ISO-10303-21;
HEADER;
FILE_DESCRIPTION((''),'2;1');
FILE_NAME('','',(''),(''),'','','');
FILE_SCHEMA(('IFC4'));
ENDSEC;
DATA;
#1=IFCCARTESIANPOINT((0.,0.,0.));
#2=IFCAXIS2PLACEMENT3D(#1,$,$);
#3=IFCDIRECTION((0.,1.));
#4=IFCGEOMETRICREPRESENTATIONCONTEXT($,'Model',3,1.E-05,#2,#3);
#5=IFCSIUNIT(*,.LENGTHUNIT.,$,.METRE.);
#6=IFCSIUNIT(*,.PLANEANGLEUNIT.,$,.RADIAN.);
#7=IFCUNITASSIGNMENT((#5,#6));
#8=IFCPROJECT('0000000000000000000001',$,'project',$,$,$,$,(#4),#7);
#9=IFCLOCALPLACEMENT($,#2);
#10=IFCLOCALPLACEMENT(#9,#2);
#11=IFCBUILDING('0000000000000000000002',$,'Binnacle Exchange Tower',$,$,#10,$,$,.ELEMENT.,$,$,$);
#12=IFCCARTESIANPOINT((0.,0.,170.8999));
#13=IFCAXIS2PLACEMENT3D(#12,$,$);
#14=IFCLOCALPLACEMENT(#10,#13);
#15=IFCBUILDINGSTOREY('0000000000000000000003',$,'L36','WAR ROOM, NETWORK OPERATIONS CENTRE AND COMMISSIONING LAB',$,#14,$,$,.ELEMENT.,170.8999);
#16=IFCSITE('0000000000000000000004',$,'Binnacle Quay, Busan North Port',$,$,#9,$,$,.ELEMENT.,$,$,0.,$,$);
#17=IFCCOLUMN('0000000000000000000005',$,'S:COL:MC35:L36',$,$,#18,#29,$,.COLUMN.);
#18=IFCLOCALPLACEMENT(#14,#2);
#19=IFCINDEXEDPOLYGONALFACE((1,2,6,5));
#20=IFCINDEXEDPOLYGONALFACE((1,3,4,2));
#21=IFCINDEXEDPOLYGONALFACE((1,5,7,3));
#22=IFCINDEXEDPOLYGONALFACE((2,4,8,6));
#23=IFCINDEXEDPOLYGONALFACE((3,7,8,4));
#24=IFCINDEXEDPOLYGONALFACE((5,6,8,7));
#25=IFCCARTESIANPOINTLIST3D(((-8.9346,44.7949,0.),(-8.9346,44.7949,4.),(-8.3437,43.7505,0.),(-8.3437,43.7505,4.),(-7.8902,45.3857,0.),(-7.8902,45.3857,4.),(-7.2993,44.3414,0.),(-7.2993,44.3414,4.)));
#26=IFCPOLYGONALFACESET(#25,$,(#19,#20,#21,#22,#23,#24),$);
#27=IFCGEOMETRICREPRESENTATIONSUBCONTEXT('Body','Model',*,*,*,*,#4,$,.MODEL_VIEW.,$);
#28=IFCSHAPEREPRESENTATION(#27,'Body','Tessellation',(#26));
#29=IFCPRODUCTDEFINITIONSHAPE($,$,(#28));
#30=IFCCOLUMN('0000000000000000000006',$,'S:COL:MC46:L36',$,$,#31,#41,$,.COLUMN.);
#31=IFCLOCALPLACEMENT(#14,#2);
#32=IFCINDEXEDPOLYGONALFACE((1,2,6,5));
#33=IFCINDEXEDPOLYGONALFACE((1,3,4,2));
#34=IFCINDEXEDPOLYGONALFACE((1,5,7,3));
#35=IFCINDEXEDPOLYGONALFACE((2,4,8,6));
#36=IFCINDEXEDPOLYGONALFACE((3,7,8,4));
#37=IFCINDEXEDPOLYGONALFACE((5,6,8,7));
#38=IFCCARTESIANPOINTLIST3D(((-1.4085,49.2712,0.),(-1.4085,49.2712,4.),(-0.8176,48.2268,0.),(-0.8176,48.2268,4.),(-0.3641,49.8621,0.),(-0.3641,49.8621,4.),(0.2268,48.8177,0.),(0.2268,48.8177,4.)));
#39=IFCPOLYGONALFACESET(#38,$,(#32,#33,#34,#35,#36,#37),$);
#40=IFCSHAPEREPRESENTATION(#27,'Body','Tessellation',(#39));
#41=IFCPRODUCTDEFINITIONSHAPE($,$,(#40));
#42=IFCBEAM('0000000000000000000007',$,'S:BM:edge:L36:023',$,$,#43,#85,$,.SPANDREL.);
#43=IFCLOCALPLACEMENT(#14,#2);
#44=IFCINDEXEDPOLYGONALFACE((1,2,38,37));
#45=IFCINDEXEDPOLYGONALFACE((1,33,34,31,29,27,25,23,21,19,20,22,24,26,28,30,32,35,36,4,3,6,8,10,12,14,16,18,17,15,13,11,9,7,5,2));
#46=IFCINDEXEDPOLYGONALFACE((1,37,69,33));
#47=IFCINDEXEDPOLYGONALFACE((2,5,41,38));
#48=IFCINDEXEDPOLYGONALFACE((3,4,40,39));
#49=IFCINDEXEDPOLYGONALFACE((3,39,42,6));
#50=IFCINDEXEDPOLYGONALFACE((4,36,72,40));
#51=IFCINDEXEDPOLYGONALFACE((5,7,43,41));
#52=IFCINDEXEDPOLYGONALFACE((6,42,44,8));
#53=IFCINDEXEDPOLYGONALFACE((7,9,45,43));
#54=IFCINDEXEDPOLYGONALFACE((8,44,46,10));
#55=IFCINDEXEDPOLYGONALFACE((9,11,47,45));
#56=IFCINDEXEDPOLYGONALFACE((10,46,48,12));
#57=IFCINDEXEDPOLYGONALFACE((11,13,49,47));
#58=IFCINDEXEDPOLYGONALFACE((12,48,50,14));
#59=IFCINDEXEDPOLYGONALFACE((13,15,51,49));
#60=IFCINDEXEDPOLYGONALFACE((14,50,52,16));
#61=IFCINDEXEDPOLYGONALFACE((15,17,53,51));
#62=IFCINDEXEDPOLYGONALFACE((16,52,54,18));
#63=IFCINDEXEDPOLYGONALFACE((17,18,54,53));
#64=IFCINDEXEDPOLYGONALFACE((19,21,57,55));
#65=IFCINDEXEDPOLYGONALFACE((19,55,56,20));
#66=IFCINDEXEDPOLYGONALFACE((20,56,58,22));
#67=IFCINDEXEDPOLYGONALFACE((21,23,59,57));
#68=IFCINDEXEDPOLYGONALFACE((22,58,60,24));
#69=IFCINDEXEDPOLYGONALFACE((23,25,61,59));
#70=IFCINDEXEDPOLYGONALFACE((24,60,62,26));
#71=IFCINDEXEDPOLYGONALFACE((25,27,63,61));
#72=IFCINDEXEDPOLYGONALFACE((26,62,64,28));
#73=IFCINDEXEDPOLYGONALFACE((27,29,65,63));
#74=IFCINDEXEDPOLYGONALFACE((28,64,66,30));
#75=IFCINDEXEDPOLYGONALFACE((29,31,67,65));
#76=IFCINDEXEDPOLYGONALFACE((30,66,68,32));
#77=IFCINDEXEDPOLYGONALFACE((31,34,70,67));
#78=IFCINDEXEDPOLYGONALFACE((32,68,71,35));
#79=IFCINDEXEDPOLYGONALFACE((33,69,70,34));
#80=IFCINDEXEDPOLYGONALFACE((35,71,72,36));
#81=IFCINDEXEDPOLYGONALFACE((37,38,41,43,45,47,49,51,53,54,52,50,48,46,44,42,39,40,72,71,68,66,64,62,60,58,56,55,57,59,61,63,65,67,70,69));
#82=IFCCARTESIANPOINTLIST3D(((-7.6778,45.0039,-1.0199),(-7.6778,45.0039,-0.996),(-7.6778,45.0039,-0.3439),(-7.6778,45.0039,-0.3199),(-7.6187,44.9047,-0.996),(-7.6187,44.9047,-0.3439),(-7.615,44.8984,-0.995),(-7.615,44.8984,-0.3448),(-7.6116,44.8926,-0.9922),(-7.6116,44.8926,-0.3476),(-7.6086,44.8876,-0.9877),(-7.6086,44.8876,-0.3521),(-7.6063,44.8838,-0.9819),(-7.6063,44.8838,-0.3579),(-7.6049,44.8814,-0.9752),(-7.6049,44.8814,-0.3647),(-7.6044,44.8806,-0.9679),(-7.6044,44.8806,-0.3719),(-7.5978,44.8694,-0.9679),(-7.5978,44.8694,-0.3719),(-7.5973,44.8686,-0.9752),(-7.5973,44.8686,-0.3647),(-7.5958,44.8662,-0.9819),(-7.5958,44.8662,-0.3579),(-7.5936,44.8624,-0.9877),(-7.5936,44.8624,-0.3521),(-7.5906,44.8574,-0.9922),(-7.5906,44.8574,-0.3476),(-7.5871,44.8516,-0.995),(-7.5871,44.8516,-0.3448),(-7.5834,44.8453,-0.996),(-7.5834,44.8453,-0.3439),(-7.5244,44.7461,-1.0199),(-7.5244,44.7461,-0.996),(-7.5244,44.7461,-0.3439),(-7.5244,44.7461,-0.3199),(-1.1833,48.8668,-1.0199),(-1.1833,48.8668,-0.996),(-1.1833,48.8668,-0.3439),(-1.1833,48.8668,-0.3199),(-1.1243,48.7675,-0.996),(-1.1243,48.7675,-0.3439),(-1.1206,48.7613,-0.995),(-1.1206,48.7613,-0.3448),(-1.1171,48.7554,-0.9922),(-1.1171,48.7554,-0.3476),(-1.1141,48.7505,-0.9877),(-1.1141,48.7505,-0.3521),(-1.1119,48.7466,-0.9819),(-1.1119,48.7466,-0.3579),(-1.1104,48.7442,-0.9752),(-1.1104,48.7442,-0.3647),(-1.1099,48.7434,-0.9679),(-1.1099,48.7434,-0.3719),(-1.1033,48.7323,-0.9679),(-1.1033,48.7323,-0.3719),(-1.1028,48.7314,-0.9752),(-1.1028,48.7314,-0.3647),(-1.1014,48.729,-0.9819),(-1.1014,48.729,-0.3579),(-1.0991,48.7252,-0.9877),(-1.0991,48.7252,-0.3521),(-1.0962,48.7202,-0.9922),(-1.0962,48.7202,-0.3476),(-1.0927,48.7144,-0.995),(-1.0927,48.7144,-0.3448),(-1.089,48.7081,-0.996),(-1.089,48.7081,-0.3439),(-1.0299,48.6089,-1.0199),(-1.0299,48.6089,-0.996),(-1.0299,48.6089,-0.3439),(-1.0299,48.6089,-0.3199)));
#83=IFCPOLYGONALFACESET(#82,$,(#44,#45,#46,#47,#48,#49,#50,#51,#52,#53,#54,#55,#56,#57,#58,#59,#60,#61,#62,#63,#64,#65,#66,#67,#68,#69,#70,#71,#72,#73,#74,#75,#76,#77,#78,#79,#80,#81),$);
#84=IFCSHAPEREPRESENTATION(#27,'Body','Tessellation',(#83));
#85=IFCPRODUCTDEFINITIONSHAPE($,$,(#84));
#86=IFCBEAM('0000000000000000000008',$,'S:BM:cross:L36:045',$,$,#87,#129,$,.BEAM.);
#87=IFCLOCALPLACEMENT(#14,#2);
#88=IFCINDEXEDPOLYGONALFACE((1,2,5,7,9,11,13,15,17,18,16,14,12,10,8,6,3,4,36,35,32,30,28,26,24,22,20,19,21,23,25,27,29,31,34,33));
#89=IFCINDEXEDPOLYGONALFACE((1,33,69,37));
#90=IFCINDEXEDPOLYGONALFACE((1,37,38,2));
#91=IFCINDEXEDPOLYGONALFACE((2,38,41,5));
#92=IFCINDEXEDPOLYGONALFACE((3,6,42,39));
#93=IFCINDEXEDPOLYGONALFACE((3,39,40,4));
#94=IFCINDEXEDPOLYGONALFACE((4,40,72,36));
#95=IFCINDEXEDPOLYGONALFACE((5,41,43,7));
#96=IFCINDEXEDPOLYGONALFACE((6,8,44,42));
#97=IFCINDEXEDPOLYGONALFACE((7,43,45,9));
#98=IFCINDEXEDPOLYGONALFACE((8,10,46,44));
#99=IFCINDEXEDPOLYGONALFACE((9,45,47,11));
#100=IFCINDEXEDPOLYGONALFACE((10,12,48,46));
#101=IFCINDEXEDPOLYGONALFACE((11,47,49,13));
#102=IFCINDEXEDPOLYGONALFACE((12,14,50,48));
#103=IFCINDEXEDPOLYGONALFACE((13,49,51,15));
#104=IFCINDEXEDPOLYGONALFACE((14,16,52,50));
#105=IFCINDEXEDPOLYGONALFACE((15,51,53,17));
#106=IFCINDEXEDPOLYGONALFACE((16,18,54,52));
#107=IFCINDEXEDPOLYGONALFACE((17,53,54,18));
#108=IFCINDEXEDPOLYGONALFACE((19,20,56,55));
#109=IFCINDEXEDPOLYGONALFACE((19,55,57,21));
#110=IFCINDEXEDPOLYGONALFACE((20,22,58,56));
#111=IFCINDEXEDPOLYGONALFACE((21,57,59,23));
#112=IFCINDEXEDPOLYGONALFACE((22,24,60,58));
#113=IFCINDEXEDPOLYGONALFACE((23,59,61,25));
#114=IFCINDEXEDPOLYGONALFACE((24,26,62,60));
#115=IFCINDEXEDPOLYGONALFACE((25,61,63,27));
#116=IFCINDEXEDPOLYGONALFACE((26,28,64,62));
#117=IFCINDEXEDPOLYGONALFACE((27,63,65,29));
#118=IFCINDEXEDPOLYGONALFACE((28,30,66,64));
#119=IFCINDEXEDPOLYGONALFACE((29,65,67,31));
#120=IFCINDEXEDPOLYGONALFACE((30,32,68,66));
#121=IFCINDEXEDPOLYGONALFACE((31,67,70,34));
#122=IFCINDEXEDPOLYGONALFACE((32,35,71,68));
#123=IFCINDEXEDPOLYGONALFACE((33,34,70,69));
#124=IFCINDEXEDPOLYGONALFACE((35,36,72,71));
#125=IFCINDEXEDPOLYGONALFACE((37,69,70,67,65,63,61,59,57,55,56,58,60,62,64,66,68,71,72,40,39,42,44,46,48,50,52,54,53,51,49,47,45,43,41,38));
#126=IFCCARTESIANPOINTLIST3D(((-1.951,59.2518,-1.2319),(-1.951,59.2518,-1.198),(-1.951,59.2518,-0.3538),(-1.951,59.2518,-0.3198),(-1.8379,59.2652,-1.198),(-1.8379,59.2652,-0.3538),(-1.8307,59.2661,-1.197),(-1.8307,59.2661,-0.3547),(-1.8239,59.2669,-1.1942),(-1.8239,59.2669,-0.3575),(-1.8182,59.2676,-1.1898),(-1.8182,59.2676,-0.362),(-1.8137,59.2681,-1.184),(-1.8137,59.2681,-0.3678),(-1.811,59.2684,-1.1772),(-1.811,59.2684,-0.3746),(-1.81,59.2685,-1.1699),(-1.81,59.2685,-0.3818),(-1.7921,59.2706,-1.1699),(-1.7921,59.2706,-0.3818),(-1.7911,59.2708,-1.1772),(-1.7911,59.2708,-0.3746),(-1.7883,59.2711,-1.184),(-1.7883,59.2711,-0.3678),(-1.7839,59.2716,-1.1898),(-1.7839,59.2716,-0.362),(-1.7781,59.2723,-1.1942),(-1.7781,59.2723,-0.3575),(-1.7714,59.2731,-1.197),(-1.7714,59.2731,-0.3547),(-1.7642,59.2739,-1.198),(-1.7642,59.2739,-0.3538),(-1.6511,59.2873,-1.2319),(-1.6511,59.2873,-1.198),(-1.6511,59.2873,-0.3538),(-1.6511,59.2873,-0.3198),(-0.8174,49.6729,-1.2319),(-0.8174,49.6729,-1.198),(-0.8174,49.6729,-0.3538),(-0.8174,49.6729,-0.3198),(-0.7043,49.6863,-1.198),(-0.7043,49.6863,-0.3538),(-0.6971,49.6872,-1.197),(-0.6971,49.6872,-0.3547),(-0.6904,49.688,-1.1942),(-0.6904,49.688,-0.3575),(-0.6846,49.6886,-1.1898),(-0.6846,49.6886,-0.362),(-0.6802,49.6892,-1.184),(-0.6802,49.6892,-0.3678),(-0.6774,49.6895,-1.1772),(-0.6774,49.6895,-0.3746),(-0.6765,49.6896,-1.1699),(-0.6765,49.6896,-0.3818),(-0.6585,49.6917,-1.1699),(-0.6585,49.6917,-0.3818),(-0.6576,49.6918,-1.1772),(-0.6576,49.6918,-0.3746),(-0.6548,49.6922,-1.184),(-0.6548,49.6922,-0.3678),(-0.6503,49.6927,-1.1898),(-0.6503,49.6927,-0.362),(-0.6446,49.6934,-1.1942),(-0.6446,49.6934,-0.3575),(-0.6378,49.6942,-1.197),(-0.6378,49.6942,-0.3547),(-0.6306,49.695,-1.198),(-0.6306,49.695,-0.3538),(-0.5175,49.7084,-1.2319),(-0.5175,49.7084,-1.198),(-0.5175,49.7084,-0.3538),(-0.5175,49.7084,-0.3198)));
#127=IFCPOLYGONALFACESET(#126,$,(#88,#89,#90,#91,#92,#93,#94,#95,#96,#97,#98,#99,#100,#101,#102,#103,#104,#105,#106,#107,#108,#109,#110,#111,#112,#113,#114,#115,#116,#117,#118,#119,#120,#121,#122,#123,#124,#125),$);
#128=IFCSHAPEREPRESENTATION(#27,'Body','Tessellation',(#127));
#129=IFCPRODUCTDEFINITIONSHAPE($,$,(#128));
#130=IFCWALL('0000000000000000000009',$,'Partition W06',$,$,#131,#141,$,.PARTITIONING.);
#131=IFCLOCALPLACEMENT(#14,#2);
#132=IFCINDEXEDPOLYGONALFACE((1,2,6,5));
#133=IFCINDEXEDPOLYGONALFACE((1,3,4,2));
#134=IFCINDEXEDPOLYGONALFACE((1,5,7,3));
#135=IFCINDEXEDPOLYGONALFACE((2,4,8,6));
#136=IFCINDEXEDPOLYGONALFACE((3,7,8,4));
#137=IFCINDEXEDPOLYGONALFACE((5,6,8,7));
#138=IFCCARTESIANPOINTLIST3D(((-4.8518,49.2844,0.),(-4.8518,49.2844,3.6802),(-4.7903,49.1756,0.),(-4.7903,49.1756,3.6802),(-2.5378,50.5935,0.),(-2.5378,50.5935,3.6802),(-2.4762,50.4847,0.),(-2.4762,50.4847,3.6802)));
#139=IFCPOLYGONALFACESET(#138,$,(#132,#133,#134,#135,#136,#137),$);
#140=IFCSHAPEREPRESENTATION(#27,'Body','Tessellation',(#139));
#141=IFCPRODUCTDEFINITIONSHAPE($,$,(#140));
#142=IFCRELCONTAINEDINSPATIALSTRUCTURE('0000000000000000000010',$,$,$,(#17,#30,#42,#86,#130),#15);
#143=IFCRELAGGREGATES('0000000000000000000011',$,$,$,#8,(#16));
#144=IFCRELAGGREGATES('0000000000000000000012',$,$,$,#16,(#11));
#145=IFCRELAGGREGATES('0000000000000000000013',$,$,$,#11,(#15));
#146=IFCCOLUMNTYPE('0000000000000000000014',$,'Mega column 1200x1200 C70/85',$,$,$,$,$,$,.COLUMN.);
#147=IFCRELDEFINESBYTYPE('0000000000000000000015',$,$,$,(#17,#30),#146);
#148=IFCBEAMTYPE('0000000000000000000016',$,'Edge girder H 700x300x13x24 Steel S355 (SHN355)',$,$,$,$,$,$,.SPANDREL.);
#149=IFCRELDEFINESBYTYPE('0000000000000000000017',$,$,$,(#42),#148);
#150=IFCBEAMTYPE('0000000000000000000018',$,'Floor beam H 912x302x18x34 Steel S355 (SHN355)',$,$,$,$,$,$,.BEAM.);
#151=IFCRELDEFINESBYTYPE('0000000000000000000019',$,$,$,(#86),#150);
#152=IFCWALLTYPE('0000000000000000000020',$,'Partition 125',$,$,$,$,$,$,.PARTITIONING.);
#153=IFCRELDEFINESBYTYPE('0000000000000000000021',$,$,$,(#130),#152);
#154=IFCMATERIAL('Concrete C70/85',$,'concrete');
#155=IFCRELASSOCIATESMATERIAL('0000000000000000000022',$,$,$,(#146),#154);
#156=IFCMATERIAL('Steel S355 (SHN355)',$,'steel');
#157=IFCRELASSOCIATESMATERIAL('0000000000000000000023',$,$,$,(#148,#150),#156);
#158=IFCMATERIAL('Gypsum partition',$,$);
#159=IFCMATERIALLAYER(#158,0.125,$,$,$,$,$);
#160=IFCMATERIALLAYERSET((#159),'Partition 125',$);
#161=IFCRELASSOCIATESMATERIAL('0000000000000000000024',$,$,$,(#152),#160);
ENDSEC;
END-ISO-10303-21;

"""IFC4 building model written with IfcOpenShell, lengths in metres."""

from ifc_helpers import new_model, si_unit, direction, frame, frame_2d, origin, origin_2d, place, context, subcontext, project, spatial, rectangle, i_section, extrude, material, layer, layer_set, material_profile, profile_set, type_object, element, save


model = new_model("IFC4")

# Units and contexts
model_context = context("Model", 3, precision=1e-05, world=origin(), true_north=direction((0.0, 1.0)))
body_context = subcontext(model_context, "Body", "Model", "MODEL_VIEW")
ifc_project = project(units=[si_unit("LENGTHUNIT", "METRE"), si_unit("PLANEANGLEUNIT", "RADIAN")], contexts=[model_context])

# Site, building, storey
site_placement = place(None, origin())
site = spatial("IfcSite", under=ifc_project, at=site_placement, Name="Binnacle Quay, Busan North Port", CompositionType="ELEMENT", RefElevation=0.0)
building_placement = place(site_placement, origin())
building = spatial("IfcBuilding", under=site, at=building_placement, Name="Binnacle Exchange Tower", CompositionType="ELEMENT")
storey_placement = place(building_placement, frame((0.0, 0.0, 170.8999)))
storey = spatial("IfcBuildingStorey", under=building, at=storey_placement, Name="L36", Description="WAR ROOM, NETWORK OPERATIONS CENTRE AND COMMISSIONING LAB", CompositionType="ELEMENT", Elevation=170.8999)

# Columns
ifc_material_1 = material(Name="Concrete C70/85", Category="concrete")
ifc_material_profile_1 = material_profile(ifc_material_1, rectangle(XDim=1.2, YDim=1.2, at=origin_2d()), Name="Mega column 1200x1200 C70/85")
ifc_profile_set_1 = profile_set([ifc_material_profile_1], Name="Concrete C70/85")
column_type = type_object("IfcColumnType", Name="Mega column 1200x1200 C70/85", PredefinedType="COLUMN", material=ifc_profile_set_1)
for number, where, z_axis, x_axis, name in (
    (1, (-8.1169, 44.5681, 0.0), (0.0, 0.0, 1.0), (0.870356, 0.492424, 0.0), "S:COL:MC35:L36"),
    (2, (-0.5908, 49.0444, 0.0), (0.0, 0.0, 1.0), (0.870356, 0.492424, 0.0), "S:COL:MC46:L36"),
):
    element("IfcColumn", number, at=place(storey_placement, frame(where, z_axis=z_axis, x_axis=x_axis)), inside=storey, type_object=column_type, Name=name, PredefinedType="COLUMN", context=body_context, shape_type="SweptSolid", body=[
        extrude(rectangle(XDim=1.2, YDim=1.2, at=origin_2d()), origin(), (0.0, 0.0, 1.0), 4.0),
    ])

# Beams
ifc_material_2 = material(Name="Steel S355 (SHN355)", Category="steel")
ifc_material_profile_2 = material_profile(ifc_material_2, i_section(OverallWidth=0.3, OverallDepth=0.7, WebThickness=0.0129, FlangeThickness=0.0239, FilletRadius=0.0281, at=origin_2d()), Name="H 700x300x13x24")
ifc_profile_set_2 = profile_set([ifc_material_profile_2], Name="Steel S355 (SHN355)")
beam_type_1 = type_object("IfcBeamType", Name="Edge girder H 700x300x13x24 Steel S355 (SHN355)", PredefinedType="SPANDREL", material=ifc_profile_set_2)
beam_1_placement = place(storey_placement, frame((-7.6011, 44.875, -0.6699), z_axis=(0.859462, 0.511199, 0.0), x_axis=(-0.511199, 0.859462, 0.0)))
element("IfcBeam", 3, at=beam_1_placement, inside=storey, type_object=beam_type_1, Name="S:BM:edge:L36:023", PredefinedType="SPANDREL", context=body_context, shape_type="SweptSolid", body=[
    extrude(i_section(OverallWidth=0.3, OverallDepth=0.7, WebThickness=0.0129, FlangeThickness=0.0239, FilletRadius=0.0281, at=origin_2d()), origin(), (0.0, 0.0, 1.0), 7.5564),
])
ifc_material_profile_3 = material_profile(ifc_material_2, i_section(OverallWidth=0.302, OverallDepth=0.9121, WebThickness=0.0181, FlangeThickness=0.0339, FilletRadius=0.0281, at=origin_2d()), Name="H 912x302x18x34")
ifc_profile_set_3 = profile_set([ifc_material_profile_3], Name="Steel S355 (SHN355)")
beam_type_2 = type_object("IfcBeamType", Name="Floor beam H 912x302x18x34 Steel S355 (SHN355)", PredefinedType="BEAM", material=ifc_profile_set_3)
beam_2_placement = place(storey_placement, frame((-0.6675, 49.6907, -0.7759), z_axis=(-0.117518, 0.993071, 0.0), x_axis=(-0.993071, -0.117518, 0.0)))
element("IfcBeam", 4, at=beam_2_placement, inside=storey, type_object=beam_type_2, Name="S:BM:cross:L36:045", PredefinedType="BEAM", context=body_context, shape_type="SweptSolid", body=[
    extrude(i_section(OverallWidth=0.302, OverallDepth=0.9121, WebThickness=0.0181, FlangeThickness=0.0339, FilletRadius=0.0281, at=origin_2d()), origin(), (0.0, 0.0, 1.0), 9.6458),
])

# Wall
ifc_material_3 = material(Name="Gypsum partition")
ifc_layer_1 = layer(ifc_material_3, 0.125)
ifc_layer_set_1 = layer_set([ifc_layer_1], Name="Partition 125")
wall_type_1 = type_object("IfcWallType", Name="Partition 125", PredefinedType="PARTITIONING", material=ifc_layer_set_1)
wall_1_placement = place(storey_placement, frame((-4.821, 49.23, 0.0), z_axis=(0.0, 0.0, 1.0), x_axis=(0.870371, 0.492396, 0.0)))
element("IfcWall", 5, at=wall_1_placement, inside=storey, type_object=wall_type_1, Name="Partition W06", PredefinedType="PARTITIONING", context=body_context, shape_type="SweptSolid", body=[
    extrude(rectangle(XDim=2.6587, YDim=0.125, at=frame_2d((1.3293, 0.0))), origin(), (0.0, 0.0, 1.0), 3.6802),
])

save(model, "model.ifc")
